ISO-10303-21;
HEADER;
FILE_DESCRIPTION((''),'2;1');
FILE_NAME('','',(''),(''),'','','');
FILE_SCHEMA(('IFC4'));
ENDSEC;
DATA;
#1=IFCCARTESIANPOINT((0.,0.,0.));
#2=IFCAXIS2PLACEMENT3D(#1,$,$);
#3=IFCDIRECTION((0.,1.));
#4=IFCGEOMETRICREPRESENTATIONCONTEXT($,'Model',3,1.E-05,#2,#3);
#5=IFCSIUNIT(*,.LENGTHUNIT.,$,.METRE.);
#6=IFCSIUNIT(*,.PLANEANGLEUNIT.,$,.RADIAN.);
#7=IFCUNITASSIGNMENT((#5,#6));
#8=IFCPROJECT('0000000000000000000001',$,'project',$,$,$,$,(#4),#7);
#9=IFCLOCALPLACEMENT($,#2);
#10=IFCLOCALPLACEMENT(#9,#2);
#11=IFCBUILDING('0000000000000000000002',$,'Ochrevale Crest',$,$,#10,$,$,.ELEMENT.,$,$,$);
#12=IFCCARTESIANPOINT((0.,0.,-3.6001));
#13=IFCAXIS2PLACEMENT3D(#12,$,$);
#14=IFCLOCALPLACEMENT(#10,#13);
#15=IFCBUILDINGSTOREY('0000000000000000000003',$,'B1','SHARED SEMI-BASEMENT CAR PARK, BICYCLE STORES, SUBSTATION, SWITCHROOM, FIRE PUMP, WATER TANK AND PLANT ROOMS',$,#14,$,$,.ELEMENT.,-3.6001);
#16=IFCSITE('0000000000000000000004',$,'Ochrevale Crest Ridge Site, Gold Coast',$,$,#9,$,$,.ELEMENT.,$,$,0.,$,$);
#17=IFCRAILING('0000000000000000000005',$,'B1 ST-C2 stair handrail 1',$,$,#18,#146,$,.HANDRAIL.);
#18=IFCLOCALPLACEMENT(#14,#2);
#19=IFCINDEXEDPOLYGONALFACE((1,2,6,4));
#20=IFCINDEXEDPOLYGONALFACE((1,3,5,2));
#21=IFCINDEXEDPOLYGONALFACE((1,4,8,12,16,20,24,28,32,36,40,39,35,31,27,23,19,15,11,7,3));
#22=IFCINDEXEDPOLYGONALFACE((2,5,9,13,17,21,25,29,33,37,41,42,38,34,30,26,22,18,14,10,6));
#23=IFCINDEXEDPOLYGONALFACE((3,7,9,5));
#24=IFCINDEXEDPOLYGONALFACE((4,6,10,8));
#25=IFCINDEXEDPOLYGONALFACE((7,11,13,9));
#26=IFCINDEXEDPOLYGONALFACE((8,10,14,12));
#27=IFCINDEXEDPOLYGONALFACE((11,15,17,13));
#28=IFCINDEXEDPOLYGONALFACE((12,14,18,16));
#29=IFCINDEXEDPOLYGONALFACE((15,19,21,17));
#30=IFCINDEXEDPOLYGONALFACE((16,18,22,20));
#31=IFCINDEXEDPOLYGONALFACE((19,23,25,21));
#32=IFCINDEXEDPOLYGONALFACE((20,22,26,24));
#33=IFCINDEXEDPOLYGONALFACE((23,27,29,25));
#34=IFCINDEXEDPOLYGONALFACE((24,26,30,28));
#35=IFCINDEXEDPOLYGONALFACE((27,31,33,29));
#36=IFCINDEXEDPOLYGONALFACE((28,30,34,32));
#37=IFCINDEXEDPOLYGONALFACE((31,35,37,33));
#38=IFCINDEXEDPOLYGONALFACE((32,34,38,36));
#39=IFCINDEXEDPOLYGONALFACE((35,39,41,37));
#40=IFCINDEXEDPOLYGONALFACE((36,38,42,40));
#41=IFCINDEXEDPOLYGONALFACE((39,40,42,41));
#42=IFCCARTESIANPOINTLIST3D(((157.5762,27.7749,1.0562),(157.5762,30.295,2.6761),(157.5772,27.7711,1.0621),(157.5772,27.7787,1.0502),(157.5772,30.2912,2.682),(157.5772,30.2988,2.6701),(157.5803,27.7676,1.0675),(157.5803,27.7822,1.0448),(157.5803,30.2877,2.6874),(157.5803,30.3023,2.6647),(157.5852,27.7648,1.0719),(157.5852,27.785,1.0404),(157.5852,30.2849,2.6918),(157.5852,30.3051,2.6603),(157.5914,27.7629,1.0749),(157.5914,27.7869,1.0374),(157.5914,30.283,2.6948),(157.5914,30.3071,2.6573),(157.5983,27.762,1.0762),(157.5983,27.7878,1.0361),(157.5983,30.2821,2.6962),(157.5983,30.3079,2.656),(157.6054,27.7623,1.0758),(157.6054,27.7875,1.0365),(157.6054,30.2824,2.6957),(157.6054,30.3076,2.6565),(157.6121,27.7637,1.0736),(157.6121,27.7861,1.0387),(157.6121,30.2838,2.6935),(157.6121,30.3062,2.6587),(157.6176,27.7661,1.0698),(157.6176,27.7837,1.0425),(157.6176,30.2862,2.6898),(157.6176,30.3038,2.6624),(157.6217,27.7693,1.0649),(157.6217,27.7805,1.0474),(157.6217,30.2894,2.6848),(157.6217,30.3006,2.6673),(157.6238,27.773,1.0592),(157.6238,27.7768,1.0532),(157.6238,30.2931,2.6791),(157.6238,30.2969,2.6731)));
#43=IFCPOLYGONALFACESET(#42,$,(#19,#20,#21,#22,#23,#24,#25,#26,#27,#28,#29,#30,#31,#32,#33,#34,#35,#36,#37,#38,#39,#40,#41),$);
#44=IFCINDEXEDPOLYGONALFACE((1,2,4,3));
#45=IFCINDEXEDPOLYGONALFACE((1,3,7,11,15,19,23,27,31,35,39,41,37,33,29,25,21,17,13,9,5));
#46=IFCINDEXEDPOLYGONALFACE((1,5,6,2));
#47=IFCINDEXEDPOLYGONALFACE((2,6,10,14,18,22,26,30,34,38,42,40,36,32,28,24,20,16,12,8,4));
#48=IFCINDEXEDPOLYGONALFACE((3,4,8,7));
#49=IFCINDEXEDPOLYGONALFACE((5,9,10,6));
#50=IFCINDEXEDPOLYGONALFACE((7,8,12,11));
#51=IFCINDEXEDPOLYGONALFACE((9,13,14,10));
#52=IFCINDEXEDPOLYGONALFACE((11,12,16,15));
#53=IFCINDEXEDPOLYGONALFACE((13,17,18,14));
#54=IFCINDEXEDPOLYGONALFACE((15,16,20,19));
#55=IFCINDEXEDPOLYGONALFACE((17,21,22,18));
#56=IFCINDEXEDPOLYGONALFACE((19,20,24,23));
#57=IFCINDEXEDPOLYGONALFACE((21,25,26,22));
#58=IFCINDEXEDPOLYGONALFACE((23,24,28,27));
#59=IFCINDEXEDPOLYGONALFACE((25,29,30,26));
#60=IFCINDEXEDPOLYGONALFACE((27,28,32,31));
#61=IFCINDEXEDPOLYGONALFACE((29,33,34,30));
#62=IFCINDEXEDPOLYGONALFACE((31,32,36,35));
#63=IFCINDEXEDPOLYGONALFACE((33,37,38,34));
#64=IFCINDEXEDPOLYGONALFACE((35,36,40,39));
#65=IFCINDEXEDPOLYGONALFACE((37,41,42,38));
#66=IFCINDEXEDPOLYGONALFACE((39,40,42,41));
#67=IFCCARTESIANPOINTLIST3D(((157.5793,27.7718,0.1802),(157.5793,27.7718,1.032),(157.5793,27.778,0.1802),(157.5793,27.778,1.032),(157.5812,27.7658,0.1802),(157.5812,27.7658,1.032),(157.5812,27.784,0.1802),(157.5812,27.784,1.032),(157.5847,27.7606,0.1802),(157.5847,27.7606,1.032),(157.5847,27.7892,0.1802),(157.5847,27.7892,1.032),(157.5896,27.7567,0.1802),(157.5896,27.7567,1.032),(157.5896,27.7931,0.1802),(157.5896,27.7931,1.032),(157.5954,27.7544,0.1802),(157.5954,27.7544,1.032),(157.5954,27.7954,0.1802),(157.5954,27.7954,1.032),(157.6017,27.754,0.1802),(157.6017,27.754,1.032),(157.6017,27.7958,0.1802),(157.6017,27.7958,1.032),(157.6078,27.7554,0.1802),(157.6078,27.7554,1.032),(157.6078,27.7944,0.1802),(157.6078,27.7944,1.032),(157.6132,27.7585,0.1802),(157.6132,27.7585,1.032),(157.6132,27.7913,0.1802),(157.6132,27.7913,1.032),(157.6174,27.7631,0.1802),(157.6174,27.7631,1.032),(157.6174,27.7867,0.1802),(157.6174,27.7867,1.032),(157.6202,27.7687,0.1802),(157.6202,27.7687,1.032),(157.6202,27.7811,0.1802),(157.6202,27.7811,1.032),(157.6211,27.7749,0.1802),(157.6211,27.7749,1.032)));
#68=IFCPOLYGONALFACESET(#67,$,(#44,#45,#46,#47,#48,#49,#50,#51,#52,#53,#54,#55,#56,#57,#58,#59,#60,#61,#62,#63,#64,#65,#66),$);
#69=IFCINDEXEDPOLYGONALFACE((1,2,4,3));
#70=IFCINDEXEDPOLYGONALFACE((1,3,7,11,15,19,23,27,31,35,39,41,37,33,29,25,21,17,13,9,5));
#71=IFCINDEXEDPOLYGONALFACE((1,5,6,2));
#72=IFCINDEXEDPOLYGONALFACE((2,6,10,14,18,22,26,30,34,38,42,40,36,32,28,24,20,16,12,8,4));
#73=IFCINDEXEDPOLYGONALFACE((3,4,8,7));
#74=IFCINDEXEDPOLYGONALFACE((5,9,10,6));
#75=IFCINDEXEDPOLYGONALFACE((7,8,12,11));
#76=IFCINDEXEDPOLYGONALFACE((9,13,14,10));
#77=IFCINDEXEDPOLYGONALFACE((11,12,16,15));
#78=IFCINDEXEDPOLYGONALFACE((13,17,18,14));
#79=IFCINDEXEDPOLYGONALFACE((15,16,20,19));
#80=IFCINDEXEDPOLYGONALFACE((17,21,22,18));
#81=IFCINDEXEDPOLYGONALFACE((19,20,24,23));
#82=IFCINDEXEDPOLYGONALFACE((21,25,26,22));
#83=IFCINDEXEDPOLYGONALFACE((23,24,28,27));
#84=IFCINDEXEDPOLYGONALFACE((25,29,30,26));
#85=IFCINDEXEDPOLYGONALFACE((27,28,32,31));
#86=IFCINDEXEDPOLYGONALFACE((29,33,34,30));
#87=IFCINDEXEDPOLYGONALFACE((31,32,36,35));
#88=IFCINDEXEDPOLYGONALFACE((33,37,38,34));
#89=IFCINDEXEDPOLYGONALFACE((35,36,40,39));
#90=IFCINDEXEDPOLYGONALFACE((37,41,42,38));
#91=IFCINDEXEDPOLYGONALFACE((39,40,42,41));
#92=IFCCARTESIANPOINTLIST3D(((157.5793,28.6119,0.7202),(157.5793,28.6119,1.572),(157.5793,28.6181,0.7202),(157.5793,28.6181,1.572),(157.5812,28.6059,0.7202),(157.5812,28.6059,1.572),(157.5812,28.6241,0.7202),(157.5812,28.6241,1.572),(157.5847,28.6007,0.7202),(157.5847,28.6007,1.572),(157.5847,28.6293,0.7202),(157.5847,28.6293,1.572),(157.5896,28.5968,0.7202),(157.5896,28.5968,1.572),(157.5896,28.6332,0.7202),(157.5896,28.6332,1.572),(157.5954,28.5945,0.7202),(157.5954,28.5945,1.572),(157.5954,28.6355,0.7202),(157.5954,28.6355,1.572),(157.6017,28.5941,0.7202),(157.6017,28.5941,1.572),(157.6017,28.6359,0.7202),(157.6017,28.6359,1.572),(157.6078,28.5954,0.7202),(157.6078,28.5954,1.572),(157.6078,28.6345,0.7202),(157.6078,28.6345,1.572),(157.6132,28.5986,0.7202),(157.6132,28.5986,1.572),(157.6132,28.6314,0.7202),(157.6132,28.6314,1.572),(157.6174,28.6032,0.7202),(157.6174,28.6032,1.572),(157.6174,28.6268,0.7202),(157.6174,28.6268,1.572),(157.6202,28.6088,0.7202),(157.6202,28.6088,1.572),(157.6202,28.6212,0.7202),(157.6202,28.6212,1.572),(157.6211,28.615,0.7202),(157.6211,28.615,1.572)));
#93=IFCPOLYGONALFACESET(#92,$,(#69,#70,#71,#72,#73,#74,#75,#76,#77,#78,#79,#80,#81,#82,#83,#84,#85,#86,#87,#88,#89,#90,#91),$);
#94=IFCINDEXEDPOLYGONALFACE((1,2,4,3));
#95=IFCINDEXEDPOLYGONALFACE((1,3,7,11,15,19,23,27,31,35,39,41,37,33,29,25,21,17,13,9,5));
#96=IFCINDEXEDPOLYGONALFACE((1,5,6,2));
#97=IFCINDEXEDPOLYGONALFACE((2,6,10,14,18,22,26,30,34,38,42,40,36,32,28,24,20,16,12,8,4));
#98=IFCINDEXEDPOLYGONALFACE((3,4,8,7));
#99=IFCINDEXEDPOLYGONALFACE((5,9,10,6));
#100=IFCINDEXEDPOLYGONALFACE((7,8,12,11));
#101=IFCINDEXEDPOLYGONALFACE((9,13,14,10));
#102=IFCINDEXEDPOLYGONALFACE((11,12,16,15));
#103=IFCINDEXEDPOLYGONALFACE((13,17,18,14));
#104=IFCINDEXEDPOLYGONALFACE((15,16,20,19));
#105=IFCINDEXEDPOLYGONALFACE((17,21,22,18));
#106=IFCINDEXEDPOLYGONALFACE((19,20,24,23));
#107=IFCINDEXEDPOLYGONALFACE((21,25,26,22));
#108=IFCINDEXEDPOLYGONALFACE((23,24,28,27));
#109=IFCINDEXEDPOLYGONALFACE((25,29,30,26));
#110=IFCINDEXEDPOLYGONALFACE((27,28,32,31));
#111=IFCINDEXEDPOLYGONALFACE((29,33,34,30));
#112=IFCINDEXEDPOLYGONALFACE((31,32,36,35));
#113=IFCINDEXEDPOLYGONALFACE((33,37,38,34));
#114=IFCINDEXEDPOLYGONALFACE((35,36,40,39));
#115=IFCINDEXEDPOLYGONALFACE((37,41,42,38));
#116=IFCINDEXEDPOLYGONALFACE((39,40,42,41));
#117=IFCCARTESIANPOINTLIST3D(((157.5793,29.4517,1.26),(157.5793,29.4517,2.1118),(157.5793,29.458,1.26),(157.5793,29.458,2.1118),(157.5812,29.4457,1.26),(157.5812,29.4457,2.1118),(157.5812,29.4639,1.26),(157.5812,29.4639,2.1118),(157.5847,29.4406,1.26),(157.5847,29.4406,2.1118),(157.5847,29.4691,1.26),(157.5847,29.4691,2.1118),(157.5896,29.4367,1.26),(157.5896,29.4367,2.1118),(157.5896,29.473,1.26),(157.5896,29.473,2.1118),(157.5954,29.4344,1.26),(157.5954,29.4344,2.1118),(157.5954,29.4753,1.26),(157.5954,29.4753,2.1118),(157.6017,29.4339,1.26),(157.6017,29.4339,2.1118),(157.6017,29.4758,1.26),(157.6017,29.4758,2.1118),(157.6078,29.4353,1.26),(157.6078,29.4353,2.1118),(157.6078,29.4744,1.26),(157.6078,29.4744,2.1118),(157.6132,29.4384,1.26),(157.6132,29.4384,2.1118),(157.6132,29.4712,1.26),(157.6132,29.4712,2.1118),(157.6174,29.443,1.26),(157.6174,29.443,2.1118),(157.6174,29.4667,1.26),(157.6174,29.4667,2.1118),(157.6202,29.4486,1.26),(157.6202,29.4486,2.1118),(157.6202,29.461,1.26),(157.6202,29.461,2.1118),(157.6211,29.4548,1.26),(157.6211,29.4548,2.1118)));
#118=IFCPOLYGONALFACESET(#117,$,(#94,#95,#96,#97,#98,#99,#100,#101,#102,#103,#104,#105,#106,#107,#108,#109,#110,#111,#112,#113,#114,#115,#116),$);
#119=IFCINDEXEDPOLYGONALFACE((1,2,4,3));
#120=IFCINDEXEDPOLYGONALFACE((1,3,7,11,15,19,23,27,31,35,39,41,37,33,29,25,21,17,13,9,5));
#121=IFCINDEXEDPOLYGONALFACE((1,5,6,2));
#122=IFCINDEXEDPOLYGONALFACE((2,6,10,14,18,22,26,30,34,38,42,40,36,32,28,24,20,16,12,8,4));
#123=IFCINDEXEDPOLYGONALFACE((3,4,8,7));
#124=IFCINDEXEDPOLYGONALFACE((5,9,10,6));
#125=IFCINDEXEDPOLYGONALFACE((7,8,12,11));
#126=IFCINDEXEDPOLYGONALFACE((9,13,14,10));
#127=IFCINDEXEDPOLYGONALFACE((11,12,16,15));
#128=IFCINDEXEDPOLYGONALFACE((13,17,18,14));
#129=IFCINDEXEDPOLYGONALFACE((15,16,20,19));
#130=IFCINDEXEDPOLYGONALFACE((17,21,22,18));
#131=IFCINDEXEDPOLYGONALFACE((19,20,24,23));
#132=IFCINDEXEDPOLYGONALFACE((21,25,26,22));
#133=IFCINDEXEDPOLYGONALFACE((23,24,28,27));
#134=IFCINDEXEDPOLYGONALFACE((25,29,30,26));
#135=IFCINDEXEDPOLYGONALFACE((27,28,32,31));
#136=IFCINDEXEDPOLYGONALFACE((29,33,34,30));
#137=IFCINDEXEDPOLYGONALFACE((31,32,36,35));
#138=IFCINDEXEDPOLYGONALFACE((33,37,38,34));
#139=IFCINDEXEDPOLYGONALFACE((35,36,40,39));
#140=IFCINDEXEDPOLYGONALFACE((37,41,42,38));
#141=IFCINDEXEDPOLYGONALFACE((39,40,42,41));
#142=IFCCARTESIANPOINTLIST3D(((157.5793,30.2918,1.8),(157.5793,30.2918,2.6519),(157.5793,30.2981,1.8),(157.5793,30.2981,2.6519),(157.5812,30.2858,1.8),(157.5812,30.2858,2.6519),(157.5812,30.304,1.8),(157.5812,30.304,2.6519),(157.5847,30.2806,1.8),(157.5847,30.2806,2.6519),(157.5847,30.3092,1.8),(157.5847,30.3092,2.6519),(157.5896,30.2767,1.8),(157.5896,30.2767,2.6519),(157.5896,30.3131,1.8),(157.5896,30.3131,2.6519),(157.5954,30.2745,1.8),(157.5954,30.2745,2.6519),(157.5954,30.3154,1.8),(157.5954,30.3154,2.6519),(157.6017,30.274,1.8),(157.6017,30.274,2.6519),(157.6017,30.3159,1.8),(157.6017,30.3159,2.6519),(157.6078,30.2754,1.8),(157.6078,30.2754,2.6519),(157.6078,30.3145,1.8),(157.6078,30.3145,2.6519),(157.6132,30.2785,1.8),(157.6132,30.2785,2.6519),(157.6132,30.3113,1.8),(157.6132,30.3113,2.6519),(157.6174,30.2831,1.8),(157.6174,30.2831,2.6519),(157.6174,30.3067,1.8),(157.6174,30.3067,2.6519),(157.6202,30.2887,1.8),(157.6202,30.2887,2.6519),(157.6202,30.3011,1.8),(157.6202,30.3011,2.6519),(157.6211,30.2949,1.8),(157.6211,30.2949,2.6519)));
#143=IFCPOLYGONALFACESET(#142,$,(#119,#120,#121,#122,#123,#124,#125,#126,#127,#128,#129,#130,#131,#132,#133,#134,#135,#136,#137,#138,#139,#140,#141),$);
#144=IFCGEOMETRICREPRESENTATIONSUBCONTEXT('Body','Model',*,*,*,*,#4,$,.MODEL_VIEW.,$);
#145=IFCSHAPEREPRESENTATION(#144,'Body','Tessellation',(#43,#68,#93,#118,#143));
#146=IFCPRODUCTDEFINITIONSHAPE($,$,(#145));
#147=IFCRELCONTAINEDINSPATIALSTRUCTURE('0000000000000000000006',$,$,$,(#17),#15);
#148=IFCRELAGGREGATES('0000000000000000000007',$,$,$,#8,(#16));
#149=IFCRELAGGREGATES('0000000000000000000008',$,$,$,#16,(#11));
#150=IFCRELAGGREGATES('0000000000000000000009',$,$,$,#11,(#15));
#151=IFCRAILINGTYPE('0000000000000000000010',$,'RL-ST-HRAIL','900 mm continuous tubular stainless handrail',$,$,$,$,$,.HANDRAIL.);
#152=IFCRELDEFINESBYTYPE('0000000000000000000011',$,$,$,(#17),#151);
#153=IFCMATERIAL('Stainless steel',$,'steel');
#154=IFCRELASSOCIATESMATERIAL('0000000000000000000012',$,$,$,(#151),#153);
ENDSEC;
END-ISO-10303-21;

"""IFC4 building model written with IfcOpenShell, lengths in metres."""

from ifc_helpers import new_model, si_unit, direction, frame, origin, origin_2d, place, context, subcontext, project, spatial, circle, extrude, material, type_object, element, save


model = new_model("IFC4")

# Units and contexts
model_context = context("Model", 3, precision=1e-05, world=origin(), true_north=direction((0.0, 1.0)))
body_context = subcontext(model_context, "Body", "Model", "MODEL_VIEW")
ifc_project = project(units=[si_unit("LENGTHUNIT", "METRE"), si_unit("PLANEANGLEUNIT", "RADIAN")], contexts=[model_context])

# Site, building, storey
site_placement = place(None, origin())
site = spatial("IfcSite", under=ifc_project, at=site_placement, Name="Ochrevale Crest Ridge Site, Gold Coast", CompositionType="ELEMENT", RefElevation=0.0)
building_placement = place(site_placement, origin())
building = spatial("IfcBuilding", under=site, at=building_placement, Name="Ochrevale Crest", CompositionType="ELEMENT")
storey_placement = place(building_placement, frame((0.0, 0.0, -3.6001)))
storey = spatial("IfcBuildingStorey", under=building, at=storey_placement, Name="B1", Description="SHARED SEMI-BASEMENT CAR PARK, BICYCLE STORES, SUBSTATION, SWITCHROOM, FIRE PUMP, WATER TANK AND PLANT ROOMS", CompositionType="ELEMENT", Elevation=-3.6001)

# Railing
ifc_material_1 = material(Name="Stainless steel", Category="steel")
railing_type_1 = type_object("IfcRailingType", Name="RL-ST-HRAIL", Description="900 mm continuous tubular stainless handrail", PredefinedType="HANDRAIL", material=ifc_material_1)
railing_1_placement = place(storey_placement, frame((157.6001, 27.7749, 0.1802)))
element("IfcRailing", 1, at=railing_1_placement, inside=storey, type_object=railing_type_1, Name="B1 ST-C2 stair handrail 1", PredefinedType="HANDRAIL", context=body_context, shape_type="SweptSolid", body=[
    extrude(circle(Radius=0.0239, at=origin_2d()), frame((0.0, 0.0, 0.876), z_axis=(0.0, 0.8412, 0.540725), x_axis=(-1.0, 0.0, 0.0)), (0.0, 0.0, 1.0), 2.9958),
    extrude(circle(Radius=0.021, at=origin_2d()), origin(), (0.0, 0.0, 1.0), 0.8518),
    extrude(circle(Radius=0.021, at=origin_2d()), frame((0.0, 0.8401, 0.54)), (0.0, 0.0, 1.0), 0.8518),
    extrude(circle(Radius=0.021, at=origin_2d()), frame((0.0, 1.6799, 1.0798)), (0.0, 0.0, 1.0), 0.8518),
    extrude(circle(Radius=0.021, at=origin_2d()), frame((0.0, 2.52, 1.6199)), (0.0, 0.0, 1.0), 0.8518),
])

save(model, "model.ifc")
